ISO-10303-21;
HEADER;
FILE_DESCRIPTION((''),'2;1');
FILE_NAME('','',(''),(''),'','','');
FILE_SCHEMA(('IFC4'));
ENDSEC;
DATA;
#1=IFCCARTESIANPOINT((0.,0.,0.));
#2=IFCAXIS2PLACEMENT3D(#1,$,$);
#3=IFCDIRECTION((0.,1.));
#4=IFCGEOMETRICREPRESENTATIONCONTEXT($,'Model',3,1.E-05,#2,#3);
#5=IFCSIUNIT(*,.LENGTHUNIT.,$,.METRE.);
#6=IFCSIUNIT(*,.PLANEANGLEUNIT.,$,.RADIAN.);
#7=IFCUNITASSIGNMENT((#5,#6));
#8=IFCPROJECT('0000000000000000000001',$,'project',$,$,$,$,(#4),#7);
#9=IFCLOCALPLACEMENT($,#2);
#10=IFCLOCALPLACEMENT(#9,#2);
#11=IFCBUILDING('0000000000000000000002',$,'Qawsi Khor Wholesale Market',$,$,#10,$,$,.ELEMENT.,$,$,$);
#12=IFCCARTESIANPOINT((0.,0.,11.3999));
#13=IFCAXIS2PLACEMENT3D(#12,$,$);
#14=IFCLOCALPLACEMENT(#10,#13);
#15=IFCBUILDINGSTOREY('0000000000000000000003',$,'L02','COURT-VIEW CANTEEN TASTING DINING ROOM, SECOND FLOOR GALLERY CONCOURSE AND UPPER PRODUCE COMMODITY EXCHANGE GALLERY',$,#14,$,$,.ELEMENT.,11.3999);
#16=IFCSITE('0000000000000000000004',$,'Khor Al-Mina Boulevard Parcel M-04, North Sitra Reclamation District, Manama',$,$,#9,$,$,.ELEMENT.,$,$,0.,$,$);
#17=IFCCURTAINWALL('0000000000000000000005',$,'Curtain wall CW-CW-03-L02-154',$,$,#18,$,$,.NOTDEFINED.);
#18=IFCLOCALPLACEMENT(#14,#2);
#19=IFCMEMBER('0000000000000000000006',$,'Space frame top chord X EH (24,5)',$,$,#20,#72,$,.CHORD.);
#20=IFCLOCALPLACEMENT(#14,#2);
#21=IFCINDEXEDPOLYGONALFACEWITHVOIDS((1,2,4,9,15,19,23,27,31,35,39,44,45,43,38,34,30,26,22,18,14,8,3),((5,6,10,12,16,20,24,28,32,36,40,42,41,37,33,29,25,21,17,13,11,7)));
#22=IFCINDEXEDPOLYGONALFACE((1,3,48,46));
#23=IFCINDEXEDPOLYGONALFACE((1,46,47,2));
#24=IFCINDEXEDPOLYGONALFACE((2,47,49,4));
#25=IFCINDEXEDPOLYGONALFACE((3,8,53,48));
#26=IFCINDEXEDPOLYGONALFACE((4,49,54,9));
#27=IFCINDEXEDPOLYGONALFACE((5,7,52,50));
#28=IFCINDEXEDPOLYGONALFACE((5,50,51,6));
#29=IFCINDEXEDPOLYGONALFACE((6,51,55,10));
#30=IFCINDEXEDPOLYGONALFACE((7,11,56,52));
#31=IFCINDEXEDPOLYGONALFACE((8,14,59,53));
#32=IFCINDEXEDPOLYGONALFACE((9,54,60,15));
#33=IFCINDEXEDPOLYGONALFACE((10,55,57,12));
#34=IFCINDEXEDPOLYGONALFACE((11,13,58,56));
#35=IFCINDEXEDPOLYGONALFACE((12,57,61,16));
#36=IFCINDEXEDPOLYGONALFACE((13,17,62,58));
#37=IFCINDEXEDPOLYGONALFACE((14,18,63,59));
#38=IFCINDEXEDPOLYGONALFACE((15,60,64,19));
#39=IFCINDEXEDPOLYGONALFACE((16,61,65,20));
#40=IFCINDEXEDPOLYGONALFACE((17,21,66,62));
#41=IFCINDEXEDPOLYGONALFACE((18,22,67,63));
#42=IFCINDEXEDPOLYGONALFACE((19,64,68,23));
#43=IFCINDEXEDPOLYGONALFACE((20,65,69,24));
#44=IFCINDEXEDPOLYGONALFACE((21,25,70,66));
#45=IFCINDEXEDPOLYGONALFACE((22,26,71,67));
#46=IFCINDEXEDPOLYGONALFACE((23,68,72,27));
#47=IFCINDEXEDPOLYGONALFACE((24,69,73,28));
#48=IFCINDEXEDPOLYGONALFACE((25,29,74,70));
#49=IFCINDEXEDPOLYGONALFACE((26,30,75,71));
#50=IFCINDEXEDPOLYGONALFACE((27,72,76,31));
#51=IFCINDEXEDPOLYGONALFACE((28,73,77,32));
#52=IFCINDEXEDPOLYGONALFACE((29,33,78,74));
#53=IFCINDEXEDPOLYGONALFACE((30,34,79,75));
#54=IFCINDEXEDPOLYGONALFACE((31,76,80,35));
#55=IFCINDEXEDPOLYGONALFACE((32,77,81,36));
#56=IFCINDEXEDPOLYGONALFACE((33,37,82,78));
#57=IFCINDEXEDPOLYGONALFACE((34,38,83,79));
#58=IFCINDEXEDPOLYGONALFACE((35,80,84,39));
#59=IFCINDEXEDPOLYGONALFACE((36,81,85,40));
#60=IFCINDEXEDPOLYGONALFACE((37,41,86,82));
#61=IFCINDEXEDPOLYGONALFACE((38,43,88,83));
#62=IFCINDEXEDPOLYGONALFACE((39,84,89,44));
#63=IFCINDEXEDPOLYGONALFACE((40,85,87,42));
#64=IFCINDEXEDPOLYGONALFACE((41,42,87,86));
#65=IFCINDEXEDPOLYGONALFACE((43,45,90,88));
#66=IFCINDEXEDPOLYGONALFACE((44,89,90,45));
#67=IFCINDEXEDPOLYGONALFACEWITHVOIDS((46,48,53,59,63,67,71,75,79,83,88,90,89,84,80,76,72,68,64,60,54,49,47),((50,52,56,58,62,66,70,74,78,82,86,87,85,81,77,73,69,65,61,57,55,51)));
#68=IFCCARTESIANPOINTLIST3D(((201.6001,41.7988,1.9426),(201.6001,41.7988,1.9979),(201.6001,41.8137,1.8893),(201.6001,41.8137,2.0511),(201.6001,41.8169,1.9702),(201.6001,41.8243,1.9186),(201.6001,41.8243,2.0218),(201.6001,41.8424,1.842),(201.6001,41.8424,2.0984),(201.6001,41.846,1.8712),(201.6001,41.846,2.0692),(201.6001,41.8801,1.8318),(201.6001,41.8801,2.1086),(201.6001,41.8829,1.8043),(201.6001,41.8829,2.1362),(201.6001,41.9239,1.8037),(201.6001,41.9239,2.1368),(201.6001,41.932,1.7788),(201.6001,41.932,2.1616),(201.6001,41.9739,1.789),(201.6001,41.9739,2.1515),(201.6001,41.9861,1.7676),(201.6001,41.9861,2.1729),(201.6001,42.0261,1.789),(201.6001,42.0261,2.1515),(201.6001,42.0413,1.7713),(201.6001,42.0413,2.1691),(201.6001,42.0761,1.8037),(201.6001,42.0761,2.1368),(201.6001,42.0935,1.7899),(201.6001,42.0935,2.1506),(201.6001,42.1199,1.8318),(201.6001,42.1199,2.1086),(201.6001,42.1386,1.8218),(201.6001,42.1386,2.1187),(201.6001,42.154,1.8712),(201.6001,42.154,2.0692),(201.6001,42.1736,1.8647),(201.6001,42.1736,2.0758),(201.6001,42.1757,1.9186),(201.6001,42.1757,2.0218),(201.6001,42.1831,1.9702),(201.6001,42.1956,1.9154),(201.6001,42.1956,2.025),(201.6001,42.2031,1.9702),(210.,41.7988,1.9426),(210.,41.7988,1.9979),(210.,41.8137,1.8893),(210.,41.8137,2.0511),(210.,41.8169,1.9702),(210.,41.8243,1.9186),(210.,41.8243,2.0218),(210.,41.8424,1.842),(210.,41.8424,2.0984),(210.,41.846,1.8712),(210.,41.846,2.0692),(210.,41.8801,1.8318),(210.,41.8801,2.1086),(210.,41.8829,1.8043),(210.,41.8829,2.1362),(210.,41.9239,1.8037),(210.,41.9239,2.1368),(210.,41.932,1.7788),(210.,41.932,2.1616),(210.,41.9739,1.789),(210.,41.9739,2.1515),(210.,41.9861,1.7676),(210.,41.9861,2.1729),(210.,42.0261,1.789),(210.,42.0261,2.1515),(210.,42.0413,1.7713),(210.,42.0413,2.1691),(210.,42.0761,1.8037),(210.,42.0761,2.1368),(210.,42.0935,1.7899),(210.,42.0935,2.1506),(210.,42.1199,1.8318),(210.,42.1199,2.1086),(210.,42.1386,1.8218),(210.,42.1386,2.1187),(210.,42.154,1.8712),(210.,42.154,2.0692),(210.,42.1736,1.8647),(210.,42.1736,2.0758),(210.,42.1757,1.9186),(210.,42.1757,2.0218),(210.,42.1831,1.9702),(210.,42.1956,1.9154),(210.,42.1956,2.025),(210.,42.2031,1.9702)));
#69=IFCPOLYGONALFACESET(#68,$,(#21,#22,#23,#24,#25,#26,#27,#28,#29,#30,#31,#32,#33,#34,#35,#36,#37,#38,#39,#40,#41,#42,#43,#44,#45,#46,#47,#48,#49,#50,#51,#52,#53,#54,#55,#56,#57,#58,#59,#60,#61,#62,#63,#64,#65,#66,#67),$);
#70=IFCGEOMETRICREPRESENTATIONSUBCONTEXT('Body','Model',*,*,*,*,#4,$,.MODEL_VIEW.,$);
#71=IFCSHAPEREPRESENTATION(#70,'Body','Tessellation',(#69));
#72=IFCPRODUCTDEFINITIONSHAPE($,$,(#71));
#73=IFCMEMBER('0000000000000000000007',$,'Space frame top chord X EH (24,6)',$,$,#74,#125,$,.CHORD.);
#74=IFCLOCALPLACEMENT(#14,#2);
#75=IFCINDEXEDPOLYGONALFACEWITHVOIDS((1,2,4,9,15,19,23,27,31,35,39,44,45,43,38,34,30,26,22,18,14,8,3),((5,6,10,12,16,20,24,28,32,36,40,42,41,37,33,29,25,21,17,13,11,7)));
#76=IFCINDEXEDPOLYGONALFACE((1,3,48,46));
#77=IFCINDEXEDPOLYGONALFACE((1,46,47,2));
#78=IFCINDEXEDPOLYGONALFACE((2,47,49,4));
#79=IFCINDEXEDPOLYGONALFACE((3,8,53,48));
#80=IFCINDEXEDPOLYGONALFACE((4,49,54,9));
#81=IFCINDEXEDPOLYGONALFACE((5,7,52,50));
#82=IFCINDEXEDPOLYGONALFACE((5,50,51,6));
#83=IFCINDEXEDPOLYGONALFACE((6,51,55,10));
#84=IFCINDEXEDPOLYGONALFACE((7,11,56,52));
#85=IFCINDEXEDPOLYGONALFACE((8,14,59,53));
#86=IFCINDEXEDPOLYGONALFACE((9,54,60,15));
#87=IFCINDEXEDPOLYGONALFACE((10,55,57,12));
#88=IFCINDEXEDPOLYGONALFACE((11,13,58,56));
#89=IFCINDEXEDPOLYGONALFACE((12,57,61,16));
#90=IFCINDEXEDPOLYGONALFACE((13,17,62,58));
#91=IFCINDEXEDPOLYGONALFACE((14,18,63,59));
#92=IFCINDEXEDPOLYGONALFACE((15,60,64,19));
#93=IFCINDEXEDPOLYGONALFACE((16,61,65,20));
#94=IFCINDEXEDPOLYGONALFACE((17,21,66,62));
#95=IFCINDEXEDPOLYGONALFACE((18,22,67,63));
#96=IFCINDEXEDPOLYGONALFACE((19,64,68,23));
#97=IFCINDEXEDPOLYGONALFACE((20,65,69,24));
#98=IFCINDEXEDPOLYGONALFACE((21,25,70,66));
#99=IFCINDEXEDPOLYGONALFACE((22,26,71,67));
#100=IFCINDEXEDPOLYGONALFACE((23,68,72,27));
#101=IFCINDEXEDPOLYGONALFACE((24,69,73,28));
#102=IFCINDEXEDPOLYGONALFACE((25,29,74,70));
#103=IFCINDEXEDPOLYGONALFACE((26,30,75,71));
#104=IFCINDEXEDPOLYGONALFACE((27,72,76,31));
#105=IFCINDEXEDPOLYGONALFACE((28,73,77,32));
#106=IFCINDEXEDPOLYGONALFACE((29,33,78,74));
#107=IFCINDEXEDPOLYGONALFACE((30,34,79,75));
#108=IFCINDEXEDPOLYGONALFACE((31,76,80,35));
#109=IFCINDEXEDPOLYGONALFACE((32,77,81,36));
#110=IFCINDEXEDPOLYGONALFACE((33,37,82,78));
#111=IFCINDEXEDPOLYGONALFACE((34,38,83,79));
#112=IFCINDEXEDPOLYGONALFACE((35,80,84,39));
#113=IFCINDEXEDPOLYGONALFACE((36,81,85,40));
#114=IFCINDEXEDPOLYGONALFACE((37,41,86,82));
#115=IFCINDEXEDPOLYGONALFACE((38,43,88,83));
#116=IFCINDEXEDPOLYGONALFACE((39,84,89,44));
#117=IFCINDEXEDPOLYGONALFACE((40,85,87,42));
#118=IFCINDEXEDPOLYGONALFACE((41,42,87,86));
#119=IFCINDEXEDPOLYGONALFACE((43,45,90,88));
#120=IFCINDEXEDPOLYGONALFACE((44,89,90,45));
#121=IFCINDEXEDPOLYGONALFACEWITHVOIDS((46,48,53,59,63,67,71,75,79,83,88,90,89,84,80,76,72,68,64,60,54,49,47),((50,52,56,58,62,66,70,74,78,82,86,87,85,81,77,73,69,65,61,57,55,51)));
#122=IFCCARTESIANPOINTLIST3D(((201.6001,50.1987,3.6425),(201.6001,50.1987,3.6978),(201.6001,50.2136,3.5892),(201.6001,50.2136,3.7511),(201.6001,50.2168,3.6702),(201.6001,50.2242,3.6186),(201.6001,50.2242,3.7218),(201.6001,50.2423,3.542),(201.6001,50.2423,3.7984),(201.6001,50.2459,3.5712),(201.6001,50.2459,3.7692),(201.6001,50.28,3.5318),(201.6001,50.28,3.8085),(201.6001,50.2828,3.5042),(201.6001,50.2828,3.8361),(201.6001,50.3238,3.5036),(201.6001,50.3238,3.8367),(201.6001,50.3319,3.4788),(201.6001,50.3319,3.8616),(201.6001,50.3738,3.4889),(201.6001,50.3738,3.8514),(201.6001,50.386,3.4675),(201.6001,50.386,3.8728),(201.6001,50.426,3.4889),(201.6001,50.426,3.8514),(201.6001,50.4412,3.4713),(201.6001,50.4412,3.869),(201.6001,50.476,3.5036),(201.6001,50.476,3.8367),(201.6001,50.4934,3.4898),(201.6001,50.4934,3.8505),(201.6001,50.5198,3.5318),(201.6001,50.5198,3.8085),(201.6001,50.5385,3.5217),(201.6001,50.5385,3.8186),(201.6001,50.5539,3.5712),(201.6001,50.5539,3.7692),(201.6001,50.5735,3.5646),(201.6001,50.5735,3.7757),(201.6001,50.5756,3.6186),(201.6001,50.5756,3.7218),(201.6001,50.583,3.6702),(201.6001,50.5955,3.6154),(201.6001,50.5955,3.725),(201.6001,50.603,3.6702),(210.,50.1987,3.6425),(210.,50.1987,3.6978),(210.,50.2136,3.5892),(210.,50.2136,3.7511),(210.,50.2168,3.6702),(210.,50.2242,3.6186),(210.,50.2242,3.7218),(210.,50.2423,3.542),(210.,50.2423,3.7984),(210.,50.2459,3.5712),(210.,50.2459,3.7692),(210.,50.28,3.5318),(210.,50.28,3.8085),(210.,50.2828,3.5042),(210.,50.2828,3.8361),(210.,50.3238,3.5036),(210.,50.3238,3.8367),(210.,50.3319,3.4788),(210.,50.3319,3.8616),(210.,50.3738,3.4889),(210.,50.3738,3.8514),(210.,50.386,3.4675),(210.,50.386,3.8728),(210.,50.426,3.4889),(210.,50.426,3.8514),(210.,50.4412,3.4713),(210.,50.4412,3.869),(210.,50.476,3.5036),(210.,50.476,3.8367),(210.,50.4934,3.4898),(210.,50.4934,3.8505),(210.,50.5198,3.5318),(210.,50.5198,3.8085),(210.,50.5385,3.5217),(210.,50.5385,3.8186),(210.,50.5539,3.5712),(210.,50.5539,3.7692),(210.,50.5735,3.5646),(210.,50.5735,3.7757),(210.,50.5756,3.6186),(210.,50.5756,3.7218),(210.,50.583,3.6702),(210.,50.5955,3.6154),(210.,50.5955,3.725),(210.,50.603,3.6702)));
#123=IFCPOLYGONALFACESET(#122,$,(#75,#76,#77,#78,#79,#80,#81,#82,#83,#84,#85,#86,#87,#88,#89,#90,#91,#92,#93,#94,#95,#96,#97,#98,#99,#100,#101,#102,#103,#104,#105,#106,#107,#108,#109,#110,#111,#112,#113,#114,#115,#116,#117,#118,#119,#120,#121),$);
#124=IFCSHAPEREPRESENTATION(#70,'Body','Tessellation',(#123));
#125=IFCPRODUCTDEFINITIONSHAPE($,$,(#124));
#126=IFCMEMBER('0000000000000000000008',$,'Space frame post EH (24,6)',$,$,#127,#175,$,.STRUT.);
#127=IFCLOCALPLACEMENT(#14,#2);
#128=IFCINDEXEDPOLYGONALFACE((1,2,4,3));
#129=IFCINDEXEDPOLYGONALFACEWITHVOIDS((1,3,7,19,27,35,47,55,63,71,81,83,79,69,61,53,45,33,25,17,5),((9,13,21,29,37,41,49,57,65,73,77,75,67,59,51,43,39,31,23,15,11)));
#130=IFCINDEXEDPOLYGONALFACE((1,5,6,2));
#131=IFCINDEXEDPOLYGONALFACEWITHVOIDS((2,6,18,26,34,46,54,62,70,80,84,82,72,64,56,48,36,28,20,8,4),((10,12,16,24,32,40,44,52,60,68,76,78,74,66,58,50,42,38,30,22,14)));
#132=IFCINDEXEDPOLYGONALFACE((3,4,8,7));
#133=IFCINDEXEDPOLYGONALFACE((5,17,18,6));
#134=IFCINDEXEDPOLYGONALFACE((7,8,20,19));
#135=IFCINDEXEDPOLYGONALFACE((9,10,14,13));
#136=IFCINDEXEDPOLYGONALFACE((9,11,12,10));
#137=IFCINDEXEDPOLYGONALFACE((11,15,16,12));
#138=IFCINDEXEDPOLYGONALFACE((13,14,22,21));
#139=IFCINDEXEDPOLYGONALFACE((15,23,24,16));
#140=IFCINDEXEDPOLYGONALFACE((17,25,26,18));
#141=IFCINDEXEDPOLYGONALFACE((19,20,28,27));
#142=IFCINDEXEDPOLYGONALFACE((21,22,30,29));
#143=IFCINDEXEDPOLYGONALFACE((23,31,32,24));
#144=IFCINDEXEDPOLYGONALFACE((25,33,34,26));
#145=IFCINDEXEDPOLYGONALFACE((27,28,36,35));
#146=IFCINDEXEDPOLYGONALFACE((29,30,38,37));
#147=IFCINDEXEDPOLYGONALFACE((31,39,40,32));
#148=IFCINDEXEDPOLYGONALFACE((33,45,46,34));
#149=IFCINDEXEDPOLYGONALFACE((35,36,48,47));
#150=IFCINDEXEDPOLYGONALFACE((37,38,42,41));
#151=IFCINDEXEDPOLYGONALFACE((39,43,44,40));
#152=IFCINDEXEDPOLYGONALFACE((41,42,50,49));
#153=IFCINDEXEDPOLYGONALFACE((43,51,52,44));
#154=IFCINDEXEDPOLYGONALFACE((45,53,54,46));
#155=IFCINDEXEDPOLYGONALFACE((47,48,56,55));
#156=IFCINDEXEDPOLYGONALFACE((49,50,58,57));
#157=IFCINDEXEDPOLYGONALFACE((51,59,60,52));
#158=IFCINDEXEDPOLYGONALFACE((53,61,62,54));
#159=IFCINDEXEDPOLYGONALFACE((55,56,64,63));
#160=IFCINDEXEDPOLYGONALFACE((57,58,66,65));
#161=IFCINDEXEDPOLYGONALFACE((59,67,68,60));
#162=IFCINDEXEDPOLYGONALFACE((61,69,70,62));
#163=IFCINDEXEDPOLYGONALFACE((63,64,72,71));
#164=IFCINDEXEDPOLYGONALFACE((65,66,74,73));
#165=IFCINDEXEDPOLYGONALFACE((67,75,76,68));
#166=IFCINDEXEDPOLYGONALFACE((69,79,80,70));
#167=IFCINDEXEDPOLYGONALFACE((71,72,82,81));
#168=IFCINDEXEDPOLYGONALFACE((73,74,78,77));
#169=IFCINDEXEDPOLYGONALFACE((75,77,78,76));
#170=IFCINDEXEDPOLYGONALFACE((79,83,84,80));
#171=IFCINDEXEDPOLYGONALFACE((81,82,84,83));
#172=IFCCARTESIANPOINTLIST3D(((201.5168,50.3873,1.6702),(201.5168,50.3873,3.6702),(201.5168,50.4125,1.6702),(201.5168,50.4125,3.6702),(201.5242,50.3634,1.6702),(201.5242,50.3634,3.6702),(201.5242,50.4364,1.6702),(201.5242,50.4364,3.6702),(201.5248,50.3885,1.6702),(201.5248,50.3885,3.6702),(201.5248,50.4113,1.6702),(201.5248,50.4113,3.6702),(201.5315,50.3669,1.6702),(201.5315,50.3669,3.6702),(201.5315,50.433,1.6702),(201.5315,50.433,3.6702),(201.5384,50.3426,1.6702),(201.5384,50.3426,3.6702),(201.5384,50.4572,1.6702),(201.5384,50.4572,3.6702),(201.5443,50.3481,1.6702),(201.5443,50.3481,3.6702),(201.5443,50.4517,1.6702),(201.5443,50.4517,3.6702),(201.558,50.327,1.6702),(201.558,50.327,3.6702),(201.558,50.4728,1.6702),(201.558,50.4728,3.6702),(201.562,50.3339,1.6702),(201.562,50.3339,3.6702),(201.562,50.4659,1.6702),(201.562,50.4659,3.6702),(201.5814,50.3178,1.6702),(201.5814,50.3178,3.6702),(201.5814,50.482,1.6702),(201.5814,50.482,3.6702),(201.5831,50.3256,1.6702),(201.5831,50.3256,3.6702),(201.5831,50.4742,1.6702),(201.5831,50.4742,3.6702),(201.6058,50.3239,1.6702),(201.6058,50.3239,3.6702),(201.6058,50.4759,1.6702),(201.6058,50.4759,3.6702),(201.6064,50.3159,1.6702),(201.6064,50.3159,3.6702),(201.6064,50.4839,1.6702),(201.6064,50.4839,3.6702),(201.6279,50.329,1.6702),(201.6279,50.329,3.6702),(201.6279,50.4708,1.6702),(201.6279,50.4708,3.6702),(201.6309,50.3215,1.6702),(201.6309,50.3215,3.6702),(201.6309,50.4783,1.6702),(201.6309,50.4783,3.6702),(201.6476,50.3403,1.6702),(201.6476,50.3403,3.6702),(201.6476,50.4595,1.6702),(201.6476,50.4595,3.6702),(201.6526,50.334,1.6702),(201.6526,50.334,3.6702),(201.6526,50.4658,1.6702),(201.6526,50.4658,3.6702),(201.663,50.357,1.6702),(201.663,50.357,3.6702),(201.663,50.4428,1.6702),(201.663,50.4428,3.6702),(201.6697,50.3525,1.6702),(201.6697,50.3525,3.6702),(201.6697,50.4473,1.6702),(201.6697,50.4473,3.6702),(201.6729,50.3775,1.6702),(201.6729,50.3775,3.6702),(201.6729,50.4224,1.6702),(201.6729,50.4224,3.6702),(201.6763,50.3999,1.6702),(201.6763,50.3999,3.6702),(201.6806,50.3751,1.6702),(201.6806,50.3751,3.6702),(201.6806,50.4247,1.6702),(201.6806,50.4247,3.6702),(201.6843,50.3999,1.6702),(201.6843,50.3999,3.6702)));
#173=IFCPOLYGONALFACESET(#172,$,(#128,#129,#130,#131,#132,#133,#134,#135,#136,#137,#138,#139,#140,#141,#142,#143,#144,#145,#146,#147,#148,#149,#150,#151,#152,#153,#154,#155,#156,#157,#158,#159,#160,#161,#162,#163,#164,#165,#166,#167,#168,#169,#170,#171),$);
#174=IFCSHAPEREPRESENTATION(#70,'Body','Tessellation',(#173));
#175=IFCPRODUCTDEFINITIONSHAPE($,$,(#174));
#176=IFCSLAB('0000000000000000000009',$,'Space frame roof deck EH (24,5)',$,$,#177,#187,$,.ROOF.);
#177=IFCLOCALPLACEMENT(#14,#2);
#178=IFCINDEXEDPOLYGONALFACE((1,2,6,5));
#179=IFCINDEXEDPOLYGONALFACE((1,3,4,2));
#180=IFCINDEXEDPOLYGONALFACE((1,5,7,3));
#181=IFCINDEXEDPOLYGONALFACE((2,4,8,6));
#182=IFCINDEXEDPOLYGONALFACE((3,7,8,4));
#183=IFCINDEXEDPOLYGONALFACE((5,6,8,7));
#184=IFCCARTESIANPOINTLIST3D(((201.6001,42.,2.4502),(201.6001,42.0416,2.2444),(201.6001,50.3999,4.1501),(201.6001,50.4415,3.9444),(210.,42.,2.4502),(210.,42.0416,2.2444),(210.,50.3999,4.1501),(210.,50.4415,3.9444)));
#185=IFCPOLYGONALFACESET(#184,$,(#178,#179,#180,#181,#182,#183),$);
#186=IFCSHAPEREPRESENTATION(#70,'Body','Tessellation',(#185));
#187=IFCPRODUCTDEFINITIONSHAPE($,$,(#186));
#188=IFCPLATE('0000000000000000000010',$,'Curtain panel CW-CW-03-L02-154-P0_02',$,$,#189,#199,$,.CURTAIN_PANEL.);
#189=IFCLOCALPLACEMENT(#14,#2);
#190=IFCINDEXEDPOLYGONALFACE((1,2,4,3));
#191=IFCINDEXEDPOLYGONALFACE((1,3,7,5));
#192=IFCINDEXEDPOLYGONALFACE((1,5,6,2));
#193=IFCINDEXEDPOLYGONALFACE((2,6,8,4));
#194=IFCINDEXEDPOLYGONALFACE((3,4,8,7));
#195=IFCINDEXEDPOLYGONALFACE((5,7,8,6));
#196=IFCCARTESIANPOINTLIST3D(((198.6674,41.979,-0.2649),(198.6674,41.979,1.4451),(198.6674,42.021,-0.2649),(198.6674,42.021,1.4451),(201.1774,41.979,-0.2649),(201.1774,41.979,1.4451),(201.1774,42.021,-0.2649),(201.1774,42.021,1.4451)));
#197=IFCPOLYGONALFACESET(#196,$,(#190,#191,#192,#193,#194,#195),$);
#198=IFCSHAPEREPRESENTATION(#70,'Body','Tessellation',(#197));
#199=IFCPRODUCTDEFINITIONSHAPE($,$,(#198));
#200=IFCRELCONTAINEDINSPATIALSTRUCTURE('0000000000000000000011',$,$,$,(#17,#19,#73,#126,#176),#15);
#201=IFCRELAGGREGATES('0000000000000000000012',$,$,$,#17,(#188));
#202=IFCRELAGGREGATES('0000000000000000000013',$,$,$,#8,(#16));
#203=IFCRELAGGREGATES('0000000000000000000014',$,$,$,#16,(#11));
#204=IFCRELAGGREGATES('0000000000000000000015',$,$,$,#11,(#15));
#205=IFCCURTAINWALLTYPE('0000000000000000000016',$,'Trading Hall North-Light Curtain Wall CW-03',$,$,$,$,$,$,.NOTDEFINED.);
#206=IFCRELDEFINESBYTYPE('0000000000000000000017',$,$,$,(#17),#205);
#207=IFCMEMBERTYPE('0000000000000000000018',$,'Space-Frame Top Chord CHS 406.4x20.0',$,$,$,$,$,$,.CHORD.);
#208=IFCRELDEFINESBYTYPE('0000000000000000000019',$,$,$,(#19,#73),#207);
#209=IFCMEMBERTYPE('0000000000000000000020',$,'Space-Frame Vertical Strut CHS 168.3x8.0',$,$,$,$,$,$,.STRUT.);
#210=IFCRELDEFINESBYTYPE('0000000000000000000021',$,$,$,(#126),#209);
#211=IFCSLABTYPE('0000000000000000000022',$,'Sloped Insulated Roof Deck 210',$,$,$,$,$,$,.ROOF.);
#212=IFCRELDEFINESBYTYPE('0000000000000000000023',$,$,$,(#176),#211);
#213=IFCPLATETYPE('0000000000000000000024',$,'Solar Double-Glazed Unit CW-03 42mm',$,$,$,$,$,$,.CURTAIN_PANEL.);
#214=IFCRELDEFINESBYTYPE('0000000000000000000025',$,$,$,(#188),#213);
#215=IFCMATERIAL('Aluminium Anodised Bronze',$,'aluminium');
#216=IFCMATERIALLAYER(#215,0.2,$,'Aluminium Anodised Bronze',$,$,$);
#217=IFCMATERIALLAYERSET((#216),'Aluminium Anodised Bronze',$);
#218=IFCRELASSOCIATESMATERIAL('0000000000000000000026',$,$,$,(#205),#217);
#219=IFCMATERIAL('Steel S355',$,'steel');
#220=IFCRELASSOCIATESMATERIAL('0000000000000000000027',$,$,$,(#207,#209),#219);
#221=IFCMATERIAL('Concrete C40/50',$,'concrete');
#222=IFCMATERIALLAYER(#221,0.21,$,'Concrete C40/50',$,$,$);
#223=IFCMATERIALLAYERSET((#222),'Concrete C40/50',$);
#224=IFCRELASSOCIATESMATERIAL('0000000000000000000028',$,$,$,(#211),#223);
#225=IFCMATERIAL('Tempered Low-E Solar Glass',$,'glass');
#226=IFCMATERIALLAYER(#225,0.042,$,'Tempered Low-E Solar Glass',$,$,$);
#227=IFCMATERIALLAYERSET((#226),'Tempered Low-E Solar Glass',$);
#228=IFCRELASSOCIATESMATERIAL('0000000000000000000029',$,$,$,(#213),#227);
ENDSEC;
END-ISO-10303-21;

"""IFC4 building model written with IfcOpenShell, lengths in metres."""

from ifc_helpers import new_model, si_unit, direction, frame, frame_2d, origin, origin_2d, place, context, subcontext, project, spatial, polyline, rectangle, hollow_circle, outline, extrude, material, layer, layer_set, material_profile, profile_set, type_object, element, aggregate, save


model = new_model("IFC4")

# Units and contexts
model_context = context("Model", 3, precision=1e-05, world=origin(), true_north=direction((0.0, 1.0)))
body_context = subcontext(model_context, "Body", "Model", "MODEL_VIEW")
ifc_project = project(units=[si_unit("LENGTHUNIT", "METRE"), si_unit("PLANEANGLEUNIT", "RADIAN")], contexts=[model_context])

# Site, building, storey
site_placement = place(None, origin())
site = spatial("IfcSite", under=ifc_project, at=site_placement, Name="Khor Al-Mina Boulevard Parcel M-04, North Sitra Reclamation District, Manama", CompositionType="ELEMENT", RefElevation=0.0)
building_placement = place(site_placement, origin())
building = spatial("IfcBuilding", under=site, at=building_placement, Name="Qawsi Khor Wholesale Market", CompositionType="ELEMENT")
storey_placement = place(building_placement, frame((0.0, 0.0, 11.3999)))
storey = spatial("IfcBuildingStorey", under=building, at=storey_placement, Name="L02", Description="COURT-VIEW CANTEEN TASTING DINING ROOM, SECOND FLOOR GALLERY CONCOURSE AND UPPER PRODUCE COMMODITY EXCHANGE GALLERY", CompositionType="ELEMENT", Elevation=11.3999)

# Curtain wall
ifc_material_1 = material(Name="Aluminium Anodised Bronze", Category="aluminium")
ifc_layer_1 = layer(ifc_material_1, 0.2, Name="Aluminium Anodised Bronze")
ifc_layer_set_1 = layer_set([ifc_layer_1], Name="Aluminium Anodised Bronze")
curtain_wall_type = type_object("IfcCurtainWallType", Name="Trading Hall North-Light Curtain Wall CW-03", PredefinedType="NOTDEFINED", material=ifc_layer_set_1)
curtain_wall_1_placement = place(storey_placement, origin())
curtain_wall_1 = element("IfcCurtainWall", 1, at=curtain_wall_1_placement, inside=storey, type_object=curtain_wall_type, Name="Curtain wall CW-CW-03-L02-154", PredefinedType="NOTDEFINED")

# Members
ifc_material_2 = material(Name="Steel S355", Category="steel")
ifc_material_profile_1 = material_profile(ifc_material_2, hollow_circle(Radius=0.2031, WallThickness=0.02, at=origin_2d()), Name="CHS 406.4x20.0")
ifc_profile_set_1 = profile_set([ifc_material_profile_1], Name="Steel S355")
member_type_1 = type_object("IfcMemberType", Name="Space-Frame Top Chord CHS 406.4x20.0", PredefinedType="CHORD", material=ifc_profile_set_1)
for number, where, z_axis, x_axis, name in (
    (2, (201.6001, 42.0, 1.9702), (1.0, 0.0, 0.0), (0.0, 1.0, 0.0), "Space frame top chord X EH (24,5)"),
    (3, (201.6001, 50.3999, 3.6702), (1.0, 0.0, 0.0), (0.0, 1.0, 0.0), "Space frame top chord X EH (24,6)"),
):
    element("IfcMember", number, at=place(storey_placement, frame(where, z_axis=z_axis, x_axis=x_axis)), inside=storey, type_object=member_type_1, Name=name, PredefinedType="CHORD", context=body_context, shape_type="SweptSolid", body=[
        extrude(hollow_circle(Radius=0.2031, WallThickness=0.02, at=origin_2d()), origin(), (0.0, 0.0, 1.0), 8.3999),
    ])
ifc_material_profile_2 = material_profile(ifc_material_2, hollow_circle(Radius=0.0842, WallThickness=0.0081, at=origin_2d()), Name="CHS 168.3x8.0")
ifc_profile_set_2 = profile_set([ifc_material_profile_2], Name="Steel S355")
member_type_2 = type_object("IfcMemberType", Name="Space-Frame Vertical Strut CHS 168.3x8.0", PredefinedType="STRUT", material=ifc_profile_set_2)
member_1_placement = place(storey_placement, frame((201.6001, 50.3999, 1.6702), z_axis=(0.0, 0.0, 1.0), x_axis=(1.0, 0.0, 0.0)))
element("IfcMember", 4, at=member_1_placement, inside=storey, type_object=member_type_2, Name="Space frame post EH (24,6)", PredefinedType="STRUT", context=body_context, shape_type="SweptSolid", body=[
    extrude(hollow_circle(Radius=0.0842, WallThickness=0.0081, at=origin_2d()), origin(), (0.0, 0.0, 1.0), 2.0),
])

# Slab
ifc_material_3 = material(Name="Concrete C40/50", Category="concrete")
ifc_layer_2 = layer(ifc_material_3, 0.21, Name="Concrete C40/50")
ifc_layer_set_2 = layer_set([ifc_layer_2], Name="Concrete C40/50")
slab_type = type_object("IfcSlabType", Name="Sloped Insulated Roof Deck 210", PredefinedType="ROOF", material=ifc_layer_set_2)
slab_placement = place(storey_placement, frame((201.6001, 42.0, 2.4502), z_axis=(0.0, -0.198356, 0.98013), x_axis=(1.0, 0.0, 0.0)))
element("IfcSlab", 5, at=slab_placement, inside=storey, type_object=slab_type, Name="Space frame roof deck EH (24,5)", PredefinedType="ROOF", context=body_context, shape_type="SweptSolid", body=[
    extrude(outline(polyline([(0.0, 0.0), (8.3999, 0.0), (8.3999, 8.5702), (0.0, 8.5702), (0.0, 0.0)])), origin(), (0.0, 0.0, -1.0), 0.21),
])

# Plate
ifc_material_4 = material(Name="Tempered Low-E Solar Glass", Category="glass")
ifc_layer_3 = layer(ifc_material_4, 0.042, Name="Tempered Low-E Solar Glass")
ifc_layer_set_3 = layer_set([ifc_layer_3], Name="Tempered Low-E Solar Glass")
plate_type = type_object("IfcPlateType", Name="Solar Double-Glazed Unit CW-03 42mm", PredefinedType="CURTAIN_PANEL", material=ifc_layer_set_3)
plate_1_placement = place(storey_placement, frame((198.6675, 42.0, -0.2649), z_axis=(0.0, 0.0, 1.0), x_axis=(1.0, 0.0, 0.0)))
plate_1 = element("IfcPlate", 6, at=plate_1_placement, type_object=plate_type, Name="Curtain panel CW-CW-03-L02-154-P0_02", PredefinedType="CURTAIN_PANEL", context=body_context, shape_type="SweptSolid", body=[
    extrude(rectangle(XDim=2.51, YDim=0.042, at=frame_2d((1.2549, 0.0))), origin(), (0.0, 0.0, 1.0), 1.71),
])
aggregate(curtain_wall_1, [plate_1])

save(model, "model.ifc")
